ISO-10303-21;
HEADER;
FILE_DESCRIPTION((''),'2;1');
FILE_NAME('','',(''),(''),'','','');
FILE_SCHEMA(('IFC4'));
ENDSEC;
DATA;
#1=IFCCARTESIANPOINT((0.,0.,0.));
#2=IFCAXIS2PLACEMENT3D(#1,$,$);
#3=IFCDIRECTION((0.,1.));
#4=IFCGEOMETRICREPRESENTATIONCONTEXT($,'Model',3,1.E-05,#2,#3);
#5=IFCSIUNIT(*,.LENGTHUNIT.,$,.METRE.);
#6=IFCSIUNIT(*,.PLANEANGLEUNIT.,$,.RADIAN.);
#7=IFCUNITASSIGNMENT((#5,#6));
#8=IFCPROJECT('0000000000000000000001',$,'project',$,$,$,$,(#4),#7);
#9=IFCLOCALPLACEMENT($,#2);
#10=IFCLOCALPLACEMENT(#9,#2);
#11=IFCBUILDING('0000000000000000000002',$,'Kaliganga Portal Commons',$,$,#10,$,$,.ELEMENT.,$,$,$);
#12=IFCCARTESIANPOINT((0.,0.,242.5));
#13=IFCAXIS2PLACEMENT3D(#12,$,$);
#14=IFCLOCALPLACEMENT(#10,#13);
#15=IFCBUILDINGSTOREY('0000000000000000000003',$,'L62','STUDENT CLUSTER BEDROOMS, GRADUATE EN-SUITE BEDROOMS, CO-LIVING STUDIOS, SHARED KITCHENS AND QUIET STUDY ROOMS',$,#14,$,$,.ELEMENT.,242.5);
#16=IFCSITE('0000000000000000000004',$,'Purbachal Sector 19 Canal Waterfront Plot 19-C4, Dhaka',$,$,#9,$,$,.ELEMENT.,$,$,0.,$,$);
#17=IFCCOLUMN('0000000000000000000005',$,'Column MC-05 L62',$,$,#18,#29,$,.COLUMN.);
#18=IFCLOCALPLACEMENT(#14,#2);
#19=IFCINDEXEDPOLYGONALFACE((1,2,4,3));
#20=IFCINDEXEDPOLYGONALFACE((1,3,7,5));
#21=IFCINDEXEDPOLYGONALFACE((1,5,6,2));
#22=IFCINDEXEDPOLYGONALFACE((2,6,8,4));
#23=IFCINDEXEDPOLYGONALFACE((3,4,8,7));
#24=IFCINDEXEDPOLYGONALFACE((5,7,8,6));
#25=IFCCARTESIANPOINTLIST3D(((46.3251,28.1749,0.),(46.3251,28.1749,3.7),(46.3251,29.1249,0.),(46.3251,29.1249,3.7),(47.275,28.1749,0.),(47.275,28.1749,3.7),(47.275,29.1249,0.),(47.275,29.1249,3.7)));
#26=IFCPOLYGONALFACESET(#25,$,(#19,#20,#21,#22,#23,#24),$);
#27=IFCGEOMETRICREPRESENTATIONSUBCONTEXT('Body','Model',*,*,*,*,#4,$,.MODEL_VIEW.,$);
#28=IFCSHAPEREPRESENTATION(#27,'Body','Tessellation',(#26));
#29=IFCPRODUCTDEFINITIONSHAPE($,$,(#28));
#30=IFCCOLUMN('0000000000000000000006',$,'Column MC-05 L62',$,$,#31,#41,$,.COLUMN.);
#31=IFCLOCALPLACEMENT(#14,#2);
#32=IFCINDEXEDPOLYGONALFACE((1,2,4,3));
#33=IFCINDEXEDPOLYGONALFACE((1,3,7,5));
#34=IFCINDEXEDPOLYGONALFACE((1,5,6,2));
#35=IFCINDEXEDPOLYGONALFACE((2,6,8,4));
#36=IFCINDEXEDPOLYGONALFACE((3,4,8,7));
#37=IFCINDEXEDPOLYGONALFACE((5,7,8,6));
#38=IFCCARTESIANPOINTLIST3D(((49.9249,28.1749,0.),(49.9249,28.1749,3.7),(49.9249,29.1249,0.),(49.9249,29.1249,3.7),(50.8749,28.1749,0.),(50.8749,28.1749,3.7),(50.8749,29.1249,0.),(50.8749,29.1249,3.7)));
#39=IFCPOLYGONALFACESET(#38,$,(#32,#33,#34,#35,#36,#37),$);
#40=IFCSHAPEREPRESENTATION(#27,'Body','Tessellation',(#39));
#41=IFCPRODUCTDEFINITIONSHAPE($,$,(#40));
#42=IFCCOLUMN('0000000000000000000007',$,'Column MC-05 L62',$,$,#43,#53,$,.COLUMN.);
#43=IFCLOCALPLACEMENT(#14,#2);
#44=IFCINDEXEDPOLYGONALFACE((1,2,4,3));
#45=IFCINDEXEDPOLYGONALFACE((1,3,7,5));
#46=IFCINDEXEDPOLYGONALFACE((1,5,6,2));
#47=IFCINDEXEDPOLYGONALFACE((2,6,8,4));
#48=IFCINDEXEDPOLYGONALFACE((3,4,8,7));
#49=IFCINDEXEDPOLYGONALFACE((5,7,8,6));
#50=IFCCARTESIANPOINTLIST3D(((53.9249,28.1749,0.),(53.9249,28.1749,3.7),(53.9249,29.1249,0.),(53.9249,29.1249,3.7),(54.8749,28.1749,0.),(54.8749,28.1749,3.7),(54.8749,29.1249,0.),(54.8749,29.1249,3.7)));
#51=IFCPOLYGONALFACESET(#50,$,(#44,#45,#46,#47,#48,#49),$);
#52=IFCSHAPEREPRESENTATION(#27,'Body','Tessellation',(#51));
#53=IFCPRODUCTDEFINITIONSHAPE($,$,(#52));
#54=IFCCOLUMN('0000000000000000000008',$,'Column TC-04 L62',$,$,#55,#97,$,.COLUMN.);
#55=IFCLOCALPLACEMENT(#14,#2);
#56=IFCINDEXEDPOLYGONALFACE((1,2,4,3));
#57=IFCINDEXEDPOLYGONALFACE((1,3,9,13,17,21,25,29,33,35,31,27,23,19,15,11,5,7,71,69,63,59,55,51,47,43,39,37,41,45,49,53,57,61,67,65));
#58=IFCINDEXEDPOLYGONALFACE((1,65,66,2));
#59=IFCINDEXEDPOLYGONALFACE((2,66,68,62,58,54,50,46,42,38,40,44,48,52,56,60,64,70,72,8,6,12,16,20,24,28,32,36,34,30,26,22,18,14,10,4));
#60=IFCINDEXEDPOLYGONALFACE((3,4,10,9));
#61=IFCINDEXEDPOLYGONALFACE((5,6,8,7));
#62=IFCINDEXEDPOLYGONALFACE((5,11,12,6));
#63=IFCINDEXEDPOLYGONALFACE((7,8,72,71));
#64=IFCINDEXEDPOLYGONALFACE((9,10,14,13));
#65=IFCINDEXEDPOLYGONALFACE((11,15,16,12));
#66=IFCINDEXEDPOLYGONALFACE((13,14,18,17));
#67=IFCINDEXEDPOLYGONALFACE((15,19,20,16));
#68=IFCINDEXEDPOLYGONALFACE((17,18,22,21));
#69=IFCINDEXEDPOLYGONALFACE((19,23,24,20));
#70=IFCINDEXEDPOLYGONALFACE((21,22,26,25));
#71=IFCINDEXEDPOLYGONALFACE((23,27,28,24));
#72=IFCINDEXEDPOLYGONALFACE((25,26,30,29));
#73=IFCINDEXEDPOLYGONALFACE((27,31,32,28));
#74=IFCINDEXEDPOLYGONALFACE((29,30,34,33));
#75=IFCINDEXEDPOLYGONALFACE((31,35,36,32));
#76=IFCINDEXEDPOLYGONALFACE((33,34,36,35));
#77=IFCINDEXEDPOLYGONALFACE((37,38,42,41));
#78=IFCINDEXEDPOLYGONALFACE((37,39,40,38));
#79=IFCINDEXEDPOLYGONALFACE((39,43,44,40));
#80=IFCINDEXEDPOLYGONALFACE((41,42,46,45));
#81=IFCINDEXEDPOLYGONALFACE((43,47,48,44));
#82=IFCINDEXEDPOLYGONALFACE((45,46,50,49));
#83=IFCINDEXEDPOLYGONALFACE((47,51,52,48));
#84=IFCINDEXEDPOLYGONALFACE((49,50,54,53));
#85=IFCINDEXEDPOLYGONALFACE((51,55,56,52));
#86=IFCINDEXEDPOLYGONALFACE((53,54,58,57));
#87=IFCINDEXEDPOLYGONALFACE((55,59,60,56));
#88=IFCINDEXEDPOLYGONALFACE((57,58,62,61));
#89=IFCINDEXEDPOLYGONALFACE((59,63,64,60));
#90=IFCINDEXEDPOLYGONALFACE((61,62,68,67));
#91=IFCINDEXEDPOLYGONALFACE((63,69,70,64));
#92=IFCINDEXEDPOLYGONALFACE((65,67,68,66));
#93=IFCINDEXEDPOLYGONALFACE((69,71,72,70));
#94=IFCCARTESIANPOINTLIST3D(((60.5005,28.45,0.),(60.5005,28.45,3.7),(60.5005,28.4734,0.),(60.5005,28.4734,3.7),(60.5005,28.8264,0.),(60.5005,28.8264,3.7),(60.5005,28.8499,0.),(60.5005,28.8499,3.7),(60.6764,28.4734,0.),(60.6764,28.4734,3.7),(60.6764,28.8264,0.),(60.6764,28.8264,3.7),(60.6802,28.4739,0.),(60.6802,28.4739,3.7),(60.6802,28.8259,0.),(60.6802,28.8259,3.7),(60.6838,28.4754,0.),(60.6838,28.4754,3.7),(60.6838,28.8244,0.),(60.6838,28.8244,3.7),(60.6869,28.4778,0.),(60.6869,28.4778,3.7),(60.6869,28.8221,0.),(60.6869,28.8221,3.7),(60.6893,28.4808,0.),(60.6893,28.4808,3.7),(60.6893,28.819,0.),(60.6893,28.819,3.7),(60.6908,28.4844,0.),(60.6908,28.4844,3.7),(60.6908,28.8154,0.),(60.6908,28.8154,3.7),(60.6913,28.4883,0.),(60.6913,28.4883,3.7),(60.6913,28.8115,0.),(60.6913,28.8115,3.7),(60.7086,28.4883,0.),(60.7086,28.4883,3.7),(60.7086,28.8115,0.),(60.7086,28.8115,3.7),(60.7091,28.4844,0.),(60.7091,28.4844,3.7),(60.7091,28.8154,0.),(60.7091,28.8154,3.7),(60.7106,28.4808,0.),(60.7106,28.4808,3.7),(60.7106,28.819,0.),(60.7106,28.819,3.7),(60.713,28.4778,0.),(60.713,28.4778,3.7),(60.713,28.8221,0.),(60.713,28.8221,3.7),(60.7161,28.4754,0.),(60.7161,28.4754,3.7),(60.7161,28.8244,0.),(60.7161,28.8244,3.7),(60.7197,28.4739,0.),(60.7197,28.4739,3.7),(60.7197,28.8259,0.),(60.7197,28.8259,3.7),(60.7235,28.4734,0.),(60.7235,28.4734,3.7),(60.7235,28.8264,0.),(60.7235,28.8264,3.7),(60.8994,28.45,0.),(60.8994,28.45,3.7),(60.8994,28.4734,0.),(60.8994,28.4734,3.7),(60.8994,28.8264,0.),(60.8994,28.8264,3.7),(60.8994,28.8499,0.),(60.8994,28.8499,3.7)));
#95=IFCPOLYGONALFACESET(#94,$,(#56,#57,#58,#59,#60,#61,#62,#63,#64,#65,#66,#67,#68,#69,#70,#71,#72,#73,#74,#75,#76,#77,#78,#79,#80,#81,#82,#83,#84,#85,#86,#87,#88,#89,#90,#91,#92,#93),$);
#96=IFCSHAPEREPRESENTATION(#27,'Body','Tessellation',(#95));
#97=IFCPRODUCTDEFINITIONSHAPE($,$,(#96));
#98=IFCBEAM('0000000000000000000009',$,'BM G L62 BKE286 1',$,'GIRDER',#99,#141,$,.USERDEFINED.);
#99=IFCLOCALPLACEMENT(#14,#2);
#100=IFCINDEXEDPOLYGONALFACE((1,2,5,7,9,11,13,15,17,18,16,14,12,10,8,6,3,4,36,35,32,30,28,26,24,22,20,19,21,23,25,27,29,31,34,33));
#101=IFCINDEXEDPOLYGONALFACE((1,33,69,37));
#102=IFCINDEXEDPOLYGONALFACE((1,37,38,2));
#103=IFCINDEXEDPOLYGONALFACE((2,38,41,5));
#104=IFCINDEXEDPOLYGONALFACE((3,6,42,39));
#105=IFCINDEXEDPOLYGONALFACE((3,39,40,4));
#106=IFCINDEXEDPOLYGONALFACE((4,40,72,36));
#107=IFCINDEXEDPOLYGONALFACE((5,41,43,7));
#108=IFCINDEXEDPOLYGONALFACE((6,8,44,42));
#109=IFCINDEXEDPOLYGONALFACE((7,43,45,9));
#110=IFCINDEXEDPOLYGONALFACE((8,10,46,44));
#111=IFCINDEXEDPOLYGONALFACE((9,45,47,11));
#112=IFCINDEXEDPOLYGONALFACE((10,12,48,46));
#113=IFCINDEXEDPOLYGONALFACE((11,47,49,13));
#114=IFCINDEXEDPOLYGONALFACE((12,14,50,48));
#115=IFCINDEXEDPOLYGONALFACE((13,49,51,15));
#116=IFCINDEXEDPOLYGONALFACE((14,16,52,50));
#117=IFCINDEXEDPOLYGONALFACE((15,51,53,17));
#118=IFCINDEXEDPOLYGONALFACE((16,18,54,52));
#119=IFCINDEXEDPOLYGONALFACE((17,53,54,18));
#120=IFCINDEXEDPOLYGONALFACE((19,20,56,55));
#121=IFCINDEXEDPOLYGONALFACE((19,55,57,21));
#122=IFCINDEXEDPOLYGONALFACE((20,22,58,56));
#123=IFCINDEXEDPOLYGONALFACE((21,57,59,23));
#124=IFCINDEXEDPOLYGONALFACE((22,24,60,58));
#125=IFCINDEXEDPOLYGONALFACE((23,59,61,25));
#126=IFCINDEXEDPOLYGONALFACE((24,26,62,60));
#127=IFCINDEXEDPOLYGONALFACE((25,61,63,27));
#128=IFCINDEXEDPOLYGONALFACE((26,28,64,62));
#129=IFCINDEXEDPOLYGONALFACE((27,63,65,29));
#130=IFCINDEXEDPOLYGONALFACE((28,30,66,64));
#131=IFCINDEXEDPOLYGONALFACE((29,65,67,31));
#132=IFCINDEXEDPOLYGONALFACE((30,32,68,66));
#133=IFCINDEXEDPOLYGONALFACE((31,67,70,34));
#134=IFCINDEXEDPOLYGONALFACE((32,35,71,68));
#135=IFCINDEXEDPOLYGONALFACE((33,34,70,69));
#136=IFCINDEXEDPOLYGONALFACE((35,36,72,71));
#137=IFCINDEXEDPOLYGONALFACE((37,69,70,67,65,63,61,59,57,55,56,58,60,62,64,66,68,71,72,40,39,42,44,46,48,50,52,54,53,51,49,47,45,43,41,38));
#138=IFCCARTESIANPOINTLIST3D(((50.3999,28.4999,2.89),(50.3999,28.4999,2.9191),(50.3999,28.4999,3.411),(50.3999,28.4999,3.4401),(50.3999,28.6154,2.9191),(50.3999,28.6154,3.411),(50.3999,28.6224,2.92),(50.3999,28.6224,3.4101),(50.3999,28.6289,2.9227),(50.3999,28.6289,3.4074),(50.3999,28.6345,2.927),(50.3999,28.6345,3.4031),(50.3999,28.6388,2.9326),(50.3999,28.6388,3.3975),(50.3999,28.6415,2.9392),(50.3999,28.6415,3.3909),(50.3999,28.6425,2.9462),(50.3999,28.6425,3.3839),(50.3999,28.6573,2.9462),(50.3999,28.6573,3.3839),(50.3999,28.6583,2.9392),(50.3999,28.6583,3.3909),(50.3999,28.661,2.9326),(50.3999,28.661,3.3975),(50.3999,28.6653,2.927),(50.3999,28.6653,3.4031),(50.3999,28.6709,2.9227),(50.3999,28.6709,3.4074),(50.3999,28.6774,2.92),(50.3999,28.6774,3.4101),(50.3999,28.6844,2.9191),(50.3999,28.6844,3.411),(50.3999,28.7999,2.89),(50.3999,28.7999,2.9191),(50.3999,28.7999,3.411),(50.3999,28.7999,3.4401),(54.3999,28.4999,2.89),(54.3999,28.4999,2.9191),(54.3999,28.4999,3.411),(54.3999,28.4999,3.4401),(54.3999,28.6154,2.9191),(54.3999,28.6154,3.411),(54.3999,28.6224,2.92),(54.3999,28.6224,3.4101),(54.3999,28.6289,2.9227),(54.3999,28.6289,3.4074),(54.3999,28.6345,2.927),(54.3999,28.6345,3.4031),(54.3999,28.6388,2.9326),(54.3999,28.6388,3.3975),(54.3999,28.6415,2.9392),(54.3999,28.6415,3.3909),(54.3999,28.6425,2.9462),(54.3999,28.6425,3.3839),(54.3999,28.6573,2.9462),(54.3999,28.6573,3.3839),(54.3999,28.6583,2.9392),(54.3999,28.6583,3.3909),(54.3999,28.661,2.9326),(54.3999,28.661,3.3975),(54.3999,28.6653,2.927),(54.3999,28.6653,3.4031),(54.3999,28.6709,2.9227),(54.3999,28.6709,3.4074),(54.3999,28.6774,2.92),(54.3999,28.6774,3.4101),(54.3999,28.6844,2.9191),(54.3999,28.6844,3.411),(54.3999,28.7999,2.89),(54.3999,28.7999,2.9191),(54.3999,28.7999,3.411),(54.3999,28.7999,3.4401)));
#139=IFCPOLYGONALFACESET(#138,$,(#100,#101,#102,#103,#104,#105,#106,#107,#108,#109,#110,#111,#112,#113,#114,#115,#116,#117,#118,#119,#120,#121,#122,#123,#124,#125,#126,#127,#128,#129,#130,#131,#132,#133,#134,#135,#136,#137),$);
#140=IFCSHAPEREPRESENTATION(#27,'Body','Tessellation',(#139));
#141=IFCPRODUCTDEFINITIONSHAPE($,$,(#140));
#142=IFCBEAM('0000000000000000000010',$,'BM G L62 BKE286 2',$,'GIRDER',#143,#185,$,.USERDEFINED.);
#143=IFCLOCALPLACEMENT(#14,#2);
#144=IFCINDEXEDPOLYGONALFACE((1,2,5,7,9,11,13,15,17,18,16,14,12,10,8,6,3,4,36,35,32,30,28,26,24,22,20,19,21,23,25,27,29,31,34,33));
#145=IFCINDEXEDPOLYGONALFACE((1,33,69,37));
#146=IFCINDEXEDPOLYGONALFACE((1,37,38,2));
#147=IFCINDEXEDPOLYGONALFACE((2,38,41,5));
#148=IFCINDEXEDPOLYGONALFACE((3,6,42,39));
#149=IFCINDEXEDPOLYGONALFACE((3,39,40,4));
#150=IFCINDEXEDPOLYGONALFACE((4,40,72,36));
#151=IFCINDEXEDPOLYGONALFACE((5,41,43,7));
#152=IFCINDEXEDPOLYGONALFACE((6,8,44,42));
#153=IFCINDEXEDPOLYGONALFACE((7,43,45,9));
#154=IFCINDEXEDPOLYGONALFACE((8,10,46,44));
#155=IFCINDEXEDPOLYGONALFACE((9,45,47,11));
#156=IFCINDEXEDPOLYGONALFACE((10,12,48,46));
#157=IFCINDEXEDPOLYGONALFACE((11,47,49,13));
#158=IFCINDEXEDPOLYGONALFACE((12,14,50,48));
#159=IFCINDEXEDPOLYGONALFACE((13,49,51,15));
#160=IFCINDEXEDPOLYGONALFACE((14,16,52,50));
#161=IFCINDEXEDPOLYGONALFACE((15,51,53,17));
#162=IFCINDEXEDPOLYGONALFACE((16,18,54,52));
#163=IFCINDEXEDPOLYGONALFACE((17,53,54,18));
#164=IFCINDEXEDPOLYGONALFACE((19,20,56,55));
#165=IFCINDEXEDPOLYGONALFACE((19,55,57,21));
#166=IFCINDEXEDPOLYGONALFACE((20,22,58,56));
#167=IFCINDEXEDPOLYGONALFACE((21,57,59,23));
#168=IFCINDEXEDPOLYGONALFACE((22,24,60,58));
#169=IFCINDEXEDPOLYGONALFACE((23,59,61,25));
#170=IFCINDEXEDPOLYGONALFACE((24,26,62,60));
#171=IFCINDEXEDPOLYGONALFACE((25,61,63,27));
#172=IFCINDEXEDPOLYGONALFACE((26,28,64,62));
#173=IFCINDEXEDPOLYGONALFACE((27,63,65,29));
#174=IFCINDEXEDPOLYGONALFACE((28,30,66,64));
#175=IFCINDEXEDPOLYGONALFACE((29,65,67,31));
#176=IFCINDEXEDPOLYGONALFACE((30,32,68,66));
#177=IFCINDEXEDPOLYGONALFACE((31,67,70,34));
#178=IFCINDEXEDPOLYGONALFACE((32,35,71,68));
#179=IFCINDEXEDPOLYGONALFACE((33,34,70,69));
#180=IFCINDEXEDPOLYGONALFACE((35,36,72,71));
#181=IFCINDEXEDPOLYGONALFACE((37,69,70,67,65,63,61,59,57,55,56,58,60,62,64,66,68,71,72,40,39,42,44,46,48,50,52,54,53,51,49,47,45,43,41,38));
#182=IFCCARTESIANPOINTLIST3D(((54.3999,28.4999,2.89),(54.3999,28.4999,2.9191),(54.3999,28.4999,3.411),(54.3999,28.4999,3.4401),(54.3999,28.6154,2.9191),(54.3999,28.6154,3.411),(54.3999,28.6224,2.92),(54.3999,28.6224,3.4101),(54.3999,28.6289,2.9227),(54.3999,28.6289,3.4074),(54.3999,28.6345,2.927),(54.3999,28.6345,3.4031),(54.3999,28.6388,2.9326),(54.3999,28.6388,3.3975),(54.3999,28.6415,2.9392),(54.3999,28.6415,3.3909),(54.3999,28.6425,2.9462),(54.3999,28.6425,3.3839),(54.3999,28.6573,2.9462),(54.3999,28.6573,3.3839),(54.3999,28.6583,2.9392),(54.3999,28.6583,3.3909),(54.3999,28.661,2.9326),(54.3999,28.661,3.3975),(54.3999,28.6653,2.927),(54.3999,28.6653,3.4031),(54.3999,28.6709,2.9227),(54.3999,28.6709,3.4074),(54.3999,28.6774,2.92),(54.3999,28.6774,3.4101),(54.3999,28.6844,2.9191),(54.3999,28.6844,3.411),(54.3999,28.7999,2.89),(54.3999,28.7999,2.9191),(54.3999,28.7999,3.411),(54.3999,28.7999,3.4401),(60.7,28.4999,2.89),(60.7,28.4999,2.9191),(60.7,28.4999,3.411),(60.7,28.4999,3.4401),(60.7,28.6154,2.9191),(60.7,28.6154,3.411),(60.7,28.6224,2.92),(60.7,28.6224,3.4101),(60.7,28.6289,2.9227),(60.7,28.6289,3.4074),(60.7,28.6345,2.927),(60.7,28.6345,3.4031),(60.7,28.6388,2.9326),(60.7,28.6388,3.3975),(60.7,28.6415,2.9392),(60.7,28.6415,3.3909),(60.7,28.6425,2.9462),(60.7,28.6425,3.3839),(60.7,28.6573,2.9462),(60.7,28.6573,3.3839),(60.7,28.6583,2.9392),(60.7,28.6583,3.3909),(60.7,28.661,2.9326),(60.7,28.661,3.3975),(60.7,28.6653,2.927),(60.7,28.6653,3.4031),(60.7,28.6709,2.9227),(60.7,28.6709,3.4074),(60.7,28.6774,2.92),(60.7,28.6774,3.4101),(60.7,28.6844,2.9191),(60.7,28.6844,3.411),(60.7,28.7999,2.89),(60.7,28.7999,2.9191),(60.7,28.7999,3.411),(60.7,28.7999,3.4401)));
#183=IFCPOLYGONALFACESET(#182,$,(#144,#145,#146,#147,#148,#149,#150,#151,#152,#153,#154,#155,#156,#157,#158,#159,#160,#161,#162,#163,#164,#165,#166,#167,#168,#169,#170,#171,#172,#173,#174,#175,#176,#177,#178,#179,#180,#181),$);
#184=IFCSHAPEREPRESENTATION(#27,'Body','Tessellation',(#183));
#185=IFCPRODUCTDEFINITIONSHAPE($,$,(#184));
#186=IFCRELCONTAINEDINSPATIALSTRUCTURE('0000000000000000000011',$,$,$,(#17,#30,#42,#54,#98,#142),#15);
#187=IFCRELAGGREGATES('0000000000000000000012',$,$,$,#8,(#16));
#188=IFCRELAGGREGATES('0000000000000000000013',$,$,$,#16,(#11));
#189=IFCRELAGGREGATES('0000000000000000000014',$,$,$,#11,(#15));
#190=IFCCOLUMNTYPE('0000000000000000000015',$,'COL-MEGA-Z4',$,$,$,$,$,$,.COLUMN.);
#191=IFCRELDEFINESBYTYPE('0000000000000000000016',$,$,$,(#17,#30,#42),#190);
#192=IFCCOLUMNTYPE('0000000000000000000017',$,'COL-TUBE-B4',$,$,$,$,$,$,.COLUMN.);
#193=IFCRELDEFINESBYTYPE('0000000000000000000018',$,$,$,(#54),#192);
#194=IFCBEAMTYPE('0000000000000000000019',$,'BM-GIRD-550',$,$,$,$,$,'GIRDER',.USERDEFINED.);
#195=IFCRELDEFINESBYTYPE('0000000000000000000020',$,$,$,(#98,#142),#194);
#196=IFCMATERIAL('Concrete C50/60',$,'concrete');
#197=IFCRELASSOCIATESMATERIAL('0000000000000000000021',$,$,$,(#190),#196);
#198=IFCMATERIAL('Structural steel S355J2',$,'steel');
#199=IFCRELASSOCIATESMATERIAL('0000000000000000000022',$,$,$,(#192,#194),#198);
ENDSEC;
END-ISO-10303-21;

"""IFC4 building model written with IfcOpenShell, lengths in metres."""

from ifc_helpers import new_model, si_unit, direction, frame, origin, origin_2d, place, context, subcontext, project, spatial, rectangle, i_section, extrude, source, transform, mapped, material, material_profile, profile_set, type_object, element, save


model = new_model("IFC4")

# Units and contexts
model_context = context("Model", 3, precision=1e-05, world=origin(), true_north=direction((0.0, 1.0)))
body_context = subcontext(model_context, "Body", "Model", "MODEL_VIEW")
ifc_project = project(units=[si_unit("LENGTHUNIT", "METRE"), si_unit("PLANEANGLEUNIT", "RADIAN")], contexts=[model_context])

# Site, building, storey
site_placement = place(None, origin())
site = spatial("IfcSite", under=ifc_project, at=site_placement, Name="Purbachal Sector 19 Canal Waterfront Plot 19-C4, Dhaka", CompositionType="ELEMENT", RefElevation=0.0)
building_placement = place(site_placement, origin())
building = spatial("IfcBuilding", under=site, at=building_placement, Name="Kaliganga Portal Commons", CompositionType="ELEMENT")
storey_placement = place(building_placement, frame((0.0, 0.0, 242.5)))
storey = spatial("IfcBuildingStorey", under=building, at=storey_placement, Name="L62", Description="STUDENT CLUSTER BEDROOMS, GRADUATE EN-SUITE BEDROOMS, CO-LIVING STUDIOS, SHARED KITCHENS AND QUIET STUDY ROOMS", CompositionType="ELEMENT", Elevation=242.5)

# Columns
ifc_material_1 = material(Name="Concrete C50/60", Category="concrete")
ifc_material_profile_1 = material_profile(ifc_material_1, rectangle(XDim=0.95, YDim=0.95, at=origin_2d()), Name="RC 950x950")
ifc_profile_set_1 = profile_set([ifc_material_profile_1], Name="Concrete C50/60")
column_type_1 = type_object("IfcColumnType", Name="COL-MEGA-Z4", PredefinedType="COLUMN", material=ifc_profile_set_1)
shared_shape_1 = source(origin(), body_context, "Body", "SweptSolid", [
    extrude(rectangle(XDim=0.95, YDim=0.95, at=origin_2d()), origin(), (0.0, 0.0, 1.0), 3.7),
])
for number, where, z_axis, x_axis, name in (
    (1, (46.8, 28.6499, 0.0), (0.0, 0.0, 1.0), (1.0, 0.0, 0.0), "Column MC-05 L62"),
    (2, (50.3999, 28.6499, 0.0), (0.0, 0.0, 1.0), (1.0, 0.0, 0.0), "Column MC-05 L62"),
    (3, (54.3999, 28.6499, 0.0), (0.0, 0.0, 1.0), (1.0, 0.0, 0.0), "Column MC-05 L62"),
):
    element("IfcColumn", number, at=place(storey_placement, frame(where, z_axis=z_axis, x_axis=x_axis)), inside=storey, type_object=column_type_1, Name=name, PredefinedType="COLUMN", context=body_context, shape_type="MappedRepresentation", body=[
        mapped(shared_shape_1, transform((0.0, 0.0, 0.0), x_axis=(1.0, 0.0, 0.0), y_axis=(0.0, 1.0, 0.0), z_axis=(0.0, 0.0, 1.0), scale=1.0)),
    ])
ifc_material_2 = material(Name="Structural steel S355J2", Category="steel")
ifc_material_profile_2 = material_profile(ifc_material_2, i_section(OverallWidth=0.3989, OverallDepth=0.3999, WebThickness=0.0173, FlangeThickness=0.0234, FilletRadius=0.0149, at=origin_2d()), Name="HD 400x287")
ifc_profile_set_2 = profile_set([ifc_material_profile_2], Name="Structural steel S355J2 wide-flange")
column_type_2 = type_object("IfcColumnType", Name="COL-TUBE-B4", PredefinedType="COLUMN", material=ifc_profile_set_2)
shared_shape_2 = source(origin(), body_context, "Body", "SweptSolid", [
    extrude(i_section(OverallWidth=0.3989, OverallDepth=0.3999, WebThickness=0.0173, FlangeThickness=0.0234, FilletRadius=0.0149, at=origin_2d()), origin(), (0.0, 0.0, 1.0), 3.7),
])
column_placement = place(storey_placement, frame((60.7, 28.6499, 0.0), z_axis=(0.0, 0.0, 1.0), x_axis=(1.0, 0.0, 0.0)))
element("IfcColumn", 4, at=column_placement, inside=storey, type_object=column_type_2, Name="Column TC-04 L62", PredefinedType="COLUMN", context=body_context, shape_type="MappedRepresentation", body=[
    mapped(shared_shape_2, transform((0.0, 0.0, 0.0), x_axis=(1.0, 0.0, 0.0), y_axis=(0.0, 1.0, 0.0), z_axis=(0.0, 0.0, 1.0), scale=1.0)),
])

# Beams
ifc_material_profile_3 = material_profile(ifc_material_2, i_section(OverallWidth=0.3, OverallDepth=0.55, WebThickness=0.0149, FlangeThickness=0.0291, FilletRadius=0.0271, at=origin_2d()), Name="HE 550 B")
ifc_profile_set_3 = profile_set([ifc_material_profile_3], Name="Structural steel S355J2 wide-flange")
beam_type_1 = type_object("IfcBeamType", Name="BM-GIRD-550", ElementType="GIRDER", PredefinedType="USERDEFINED", material=ifc_profile_set_3)
shared_shape_3 = source(origin(), body_context, "Body", "SweptSolid", [
    extrude(i_section(OverallWidth=0.3, OverallDepth=0.55, WebThickness=0.0149, FlangeThickness=0.0291, FilletRadius=0.0271, at=origin_2d()), origin(), (0.0, 0.0, 1.0), 4.0),
])
beam_1_placement = place(storey_placement, frame((50.3999, 28.6499, 3.165), z_axis=(1.0, 0.0, 0.0), x_axis=(0.0, 1.0, 0.0)))
element("IfcBeam", 5, at=beam_1_placement, inside=storey, type_object=beam_type_1, Name="BM G L62 BKE286 1", ObjectType="GIRDER", PredefinedType="USERDEFINED", context=body_context, shape_type="MappedRepresentation", body=[
    mapped(shared_shape_3, transform((0.0, 0.0, 0.0), x_axis=(1.0, 0.0, 0.0), y_axis=(0.0, 1.0, 0.0), z_axis=(0.0, 0.0, 1.0), scale=1.0)),
])
shared_shape_4 = source(origin(), body_context, "Body", "SweptSolid", [
    extrude(i_section(OverallWidth=0.3, OverallDepth=0.55, WebThickness=0.0149, FlangeThickness=0.0291, FilletRadius=0.0271, at=origin_2d()), origin(), (0.0, 0.0, 1.0), 6.3),
])
beam_2_placement = place(storey_placement, frame((54.3999, 28.6499, 3.165), z_axis=(1.0, 0.0, 0.0), x_axis=(0.0, 1.0, 0.0)))
element("IfcBeam", 6, at=beam_2_placement, inside=storey, type_object=beam_type_1, Name="BM G L62 BKE286 2", ObjectType="GIRDER", PredefinedType="USERDEFINED", context=body_context, shape_type="MappedRepresentation", body=[
    mapped(shared_shape_4, transform((0.0, 0.0, 0.0), x_axis=(1.0, 0.0, 0.0), y_axis=(0.0, 1.0, 0.0), z_axis=(0.0, 0.0, 1.0), scale=1.0)),
])

save(model, "model.ifc")
